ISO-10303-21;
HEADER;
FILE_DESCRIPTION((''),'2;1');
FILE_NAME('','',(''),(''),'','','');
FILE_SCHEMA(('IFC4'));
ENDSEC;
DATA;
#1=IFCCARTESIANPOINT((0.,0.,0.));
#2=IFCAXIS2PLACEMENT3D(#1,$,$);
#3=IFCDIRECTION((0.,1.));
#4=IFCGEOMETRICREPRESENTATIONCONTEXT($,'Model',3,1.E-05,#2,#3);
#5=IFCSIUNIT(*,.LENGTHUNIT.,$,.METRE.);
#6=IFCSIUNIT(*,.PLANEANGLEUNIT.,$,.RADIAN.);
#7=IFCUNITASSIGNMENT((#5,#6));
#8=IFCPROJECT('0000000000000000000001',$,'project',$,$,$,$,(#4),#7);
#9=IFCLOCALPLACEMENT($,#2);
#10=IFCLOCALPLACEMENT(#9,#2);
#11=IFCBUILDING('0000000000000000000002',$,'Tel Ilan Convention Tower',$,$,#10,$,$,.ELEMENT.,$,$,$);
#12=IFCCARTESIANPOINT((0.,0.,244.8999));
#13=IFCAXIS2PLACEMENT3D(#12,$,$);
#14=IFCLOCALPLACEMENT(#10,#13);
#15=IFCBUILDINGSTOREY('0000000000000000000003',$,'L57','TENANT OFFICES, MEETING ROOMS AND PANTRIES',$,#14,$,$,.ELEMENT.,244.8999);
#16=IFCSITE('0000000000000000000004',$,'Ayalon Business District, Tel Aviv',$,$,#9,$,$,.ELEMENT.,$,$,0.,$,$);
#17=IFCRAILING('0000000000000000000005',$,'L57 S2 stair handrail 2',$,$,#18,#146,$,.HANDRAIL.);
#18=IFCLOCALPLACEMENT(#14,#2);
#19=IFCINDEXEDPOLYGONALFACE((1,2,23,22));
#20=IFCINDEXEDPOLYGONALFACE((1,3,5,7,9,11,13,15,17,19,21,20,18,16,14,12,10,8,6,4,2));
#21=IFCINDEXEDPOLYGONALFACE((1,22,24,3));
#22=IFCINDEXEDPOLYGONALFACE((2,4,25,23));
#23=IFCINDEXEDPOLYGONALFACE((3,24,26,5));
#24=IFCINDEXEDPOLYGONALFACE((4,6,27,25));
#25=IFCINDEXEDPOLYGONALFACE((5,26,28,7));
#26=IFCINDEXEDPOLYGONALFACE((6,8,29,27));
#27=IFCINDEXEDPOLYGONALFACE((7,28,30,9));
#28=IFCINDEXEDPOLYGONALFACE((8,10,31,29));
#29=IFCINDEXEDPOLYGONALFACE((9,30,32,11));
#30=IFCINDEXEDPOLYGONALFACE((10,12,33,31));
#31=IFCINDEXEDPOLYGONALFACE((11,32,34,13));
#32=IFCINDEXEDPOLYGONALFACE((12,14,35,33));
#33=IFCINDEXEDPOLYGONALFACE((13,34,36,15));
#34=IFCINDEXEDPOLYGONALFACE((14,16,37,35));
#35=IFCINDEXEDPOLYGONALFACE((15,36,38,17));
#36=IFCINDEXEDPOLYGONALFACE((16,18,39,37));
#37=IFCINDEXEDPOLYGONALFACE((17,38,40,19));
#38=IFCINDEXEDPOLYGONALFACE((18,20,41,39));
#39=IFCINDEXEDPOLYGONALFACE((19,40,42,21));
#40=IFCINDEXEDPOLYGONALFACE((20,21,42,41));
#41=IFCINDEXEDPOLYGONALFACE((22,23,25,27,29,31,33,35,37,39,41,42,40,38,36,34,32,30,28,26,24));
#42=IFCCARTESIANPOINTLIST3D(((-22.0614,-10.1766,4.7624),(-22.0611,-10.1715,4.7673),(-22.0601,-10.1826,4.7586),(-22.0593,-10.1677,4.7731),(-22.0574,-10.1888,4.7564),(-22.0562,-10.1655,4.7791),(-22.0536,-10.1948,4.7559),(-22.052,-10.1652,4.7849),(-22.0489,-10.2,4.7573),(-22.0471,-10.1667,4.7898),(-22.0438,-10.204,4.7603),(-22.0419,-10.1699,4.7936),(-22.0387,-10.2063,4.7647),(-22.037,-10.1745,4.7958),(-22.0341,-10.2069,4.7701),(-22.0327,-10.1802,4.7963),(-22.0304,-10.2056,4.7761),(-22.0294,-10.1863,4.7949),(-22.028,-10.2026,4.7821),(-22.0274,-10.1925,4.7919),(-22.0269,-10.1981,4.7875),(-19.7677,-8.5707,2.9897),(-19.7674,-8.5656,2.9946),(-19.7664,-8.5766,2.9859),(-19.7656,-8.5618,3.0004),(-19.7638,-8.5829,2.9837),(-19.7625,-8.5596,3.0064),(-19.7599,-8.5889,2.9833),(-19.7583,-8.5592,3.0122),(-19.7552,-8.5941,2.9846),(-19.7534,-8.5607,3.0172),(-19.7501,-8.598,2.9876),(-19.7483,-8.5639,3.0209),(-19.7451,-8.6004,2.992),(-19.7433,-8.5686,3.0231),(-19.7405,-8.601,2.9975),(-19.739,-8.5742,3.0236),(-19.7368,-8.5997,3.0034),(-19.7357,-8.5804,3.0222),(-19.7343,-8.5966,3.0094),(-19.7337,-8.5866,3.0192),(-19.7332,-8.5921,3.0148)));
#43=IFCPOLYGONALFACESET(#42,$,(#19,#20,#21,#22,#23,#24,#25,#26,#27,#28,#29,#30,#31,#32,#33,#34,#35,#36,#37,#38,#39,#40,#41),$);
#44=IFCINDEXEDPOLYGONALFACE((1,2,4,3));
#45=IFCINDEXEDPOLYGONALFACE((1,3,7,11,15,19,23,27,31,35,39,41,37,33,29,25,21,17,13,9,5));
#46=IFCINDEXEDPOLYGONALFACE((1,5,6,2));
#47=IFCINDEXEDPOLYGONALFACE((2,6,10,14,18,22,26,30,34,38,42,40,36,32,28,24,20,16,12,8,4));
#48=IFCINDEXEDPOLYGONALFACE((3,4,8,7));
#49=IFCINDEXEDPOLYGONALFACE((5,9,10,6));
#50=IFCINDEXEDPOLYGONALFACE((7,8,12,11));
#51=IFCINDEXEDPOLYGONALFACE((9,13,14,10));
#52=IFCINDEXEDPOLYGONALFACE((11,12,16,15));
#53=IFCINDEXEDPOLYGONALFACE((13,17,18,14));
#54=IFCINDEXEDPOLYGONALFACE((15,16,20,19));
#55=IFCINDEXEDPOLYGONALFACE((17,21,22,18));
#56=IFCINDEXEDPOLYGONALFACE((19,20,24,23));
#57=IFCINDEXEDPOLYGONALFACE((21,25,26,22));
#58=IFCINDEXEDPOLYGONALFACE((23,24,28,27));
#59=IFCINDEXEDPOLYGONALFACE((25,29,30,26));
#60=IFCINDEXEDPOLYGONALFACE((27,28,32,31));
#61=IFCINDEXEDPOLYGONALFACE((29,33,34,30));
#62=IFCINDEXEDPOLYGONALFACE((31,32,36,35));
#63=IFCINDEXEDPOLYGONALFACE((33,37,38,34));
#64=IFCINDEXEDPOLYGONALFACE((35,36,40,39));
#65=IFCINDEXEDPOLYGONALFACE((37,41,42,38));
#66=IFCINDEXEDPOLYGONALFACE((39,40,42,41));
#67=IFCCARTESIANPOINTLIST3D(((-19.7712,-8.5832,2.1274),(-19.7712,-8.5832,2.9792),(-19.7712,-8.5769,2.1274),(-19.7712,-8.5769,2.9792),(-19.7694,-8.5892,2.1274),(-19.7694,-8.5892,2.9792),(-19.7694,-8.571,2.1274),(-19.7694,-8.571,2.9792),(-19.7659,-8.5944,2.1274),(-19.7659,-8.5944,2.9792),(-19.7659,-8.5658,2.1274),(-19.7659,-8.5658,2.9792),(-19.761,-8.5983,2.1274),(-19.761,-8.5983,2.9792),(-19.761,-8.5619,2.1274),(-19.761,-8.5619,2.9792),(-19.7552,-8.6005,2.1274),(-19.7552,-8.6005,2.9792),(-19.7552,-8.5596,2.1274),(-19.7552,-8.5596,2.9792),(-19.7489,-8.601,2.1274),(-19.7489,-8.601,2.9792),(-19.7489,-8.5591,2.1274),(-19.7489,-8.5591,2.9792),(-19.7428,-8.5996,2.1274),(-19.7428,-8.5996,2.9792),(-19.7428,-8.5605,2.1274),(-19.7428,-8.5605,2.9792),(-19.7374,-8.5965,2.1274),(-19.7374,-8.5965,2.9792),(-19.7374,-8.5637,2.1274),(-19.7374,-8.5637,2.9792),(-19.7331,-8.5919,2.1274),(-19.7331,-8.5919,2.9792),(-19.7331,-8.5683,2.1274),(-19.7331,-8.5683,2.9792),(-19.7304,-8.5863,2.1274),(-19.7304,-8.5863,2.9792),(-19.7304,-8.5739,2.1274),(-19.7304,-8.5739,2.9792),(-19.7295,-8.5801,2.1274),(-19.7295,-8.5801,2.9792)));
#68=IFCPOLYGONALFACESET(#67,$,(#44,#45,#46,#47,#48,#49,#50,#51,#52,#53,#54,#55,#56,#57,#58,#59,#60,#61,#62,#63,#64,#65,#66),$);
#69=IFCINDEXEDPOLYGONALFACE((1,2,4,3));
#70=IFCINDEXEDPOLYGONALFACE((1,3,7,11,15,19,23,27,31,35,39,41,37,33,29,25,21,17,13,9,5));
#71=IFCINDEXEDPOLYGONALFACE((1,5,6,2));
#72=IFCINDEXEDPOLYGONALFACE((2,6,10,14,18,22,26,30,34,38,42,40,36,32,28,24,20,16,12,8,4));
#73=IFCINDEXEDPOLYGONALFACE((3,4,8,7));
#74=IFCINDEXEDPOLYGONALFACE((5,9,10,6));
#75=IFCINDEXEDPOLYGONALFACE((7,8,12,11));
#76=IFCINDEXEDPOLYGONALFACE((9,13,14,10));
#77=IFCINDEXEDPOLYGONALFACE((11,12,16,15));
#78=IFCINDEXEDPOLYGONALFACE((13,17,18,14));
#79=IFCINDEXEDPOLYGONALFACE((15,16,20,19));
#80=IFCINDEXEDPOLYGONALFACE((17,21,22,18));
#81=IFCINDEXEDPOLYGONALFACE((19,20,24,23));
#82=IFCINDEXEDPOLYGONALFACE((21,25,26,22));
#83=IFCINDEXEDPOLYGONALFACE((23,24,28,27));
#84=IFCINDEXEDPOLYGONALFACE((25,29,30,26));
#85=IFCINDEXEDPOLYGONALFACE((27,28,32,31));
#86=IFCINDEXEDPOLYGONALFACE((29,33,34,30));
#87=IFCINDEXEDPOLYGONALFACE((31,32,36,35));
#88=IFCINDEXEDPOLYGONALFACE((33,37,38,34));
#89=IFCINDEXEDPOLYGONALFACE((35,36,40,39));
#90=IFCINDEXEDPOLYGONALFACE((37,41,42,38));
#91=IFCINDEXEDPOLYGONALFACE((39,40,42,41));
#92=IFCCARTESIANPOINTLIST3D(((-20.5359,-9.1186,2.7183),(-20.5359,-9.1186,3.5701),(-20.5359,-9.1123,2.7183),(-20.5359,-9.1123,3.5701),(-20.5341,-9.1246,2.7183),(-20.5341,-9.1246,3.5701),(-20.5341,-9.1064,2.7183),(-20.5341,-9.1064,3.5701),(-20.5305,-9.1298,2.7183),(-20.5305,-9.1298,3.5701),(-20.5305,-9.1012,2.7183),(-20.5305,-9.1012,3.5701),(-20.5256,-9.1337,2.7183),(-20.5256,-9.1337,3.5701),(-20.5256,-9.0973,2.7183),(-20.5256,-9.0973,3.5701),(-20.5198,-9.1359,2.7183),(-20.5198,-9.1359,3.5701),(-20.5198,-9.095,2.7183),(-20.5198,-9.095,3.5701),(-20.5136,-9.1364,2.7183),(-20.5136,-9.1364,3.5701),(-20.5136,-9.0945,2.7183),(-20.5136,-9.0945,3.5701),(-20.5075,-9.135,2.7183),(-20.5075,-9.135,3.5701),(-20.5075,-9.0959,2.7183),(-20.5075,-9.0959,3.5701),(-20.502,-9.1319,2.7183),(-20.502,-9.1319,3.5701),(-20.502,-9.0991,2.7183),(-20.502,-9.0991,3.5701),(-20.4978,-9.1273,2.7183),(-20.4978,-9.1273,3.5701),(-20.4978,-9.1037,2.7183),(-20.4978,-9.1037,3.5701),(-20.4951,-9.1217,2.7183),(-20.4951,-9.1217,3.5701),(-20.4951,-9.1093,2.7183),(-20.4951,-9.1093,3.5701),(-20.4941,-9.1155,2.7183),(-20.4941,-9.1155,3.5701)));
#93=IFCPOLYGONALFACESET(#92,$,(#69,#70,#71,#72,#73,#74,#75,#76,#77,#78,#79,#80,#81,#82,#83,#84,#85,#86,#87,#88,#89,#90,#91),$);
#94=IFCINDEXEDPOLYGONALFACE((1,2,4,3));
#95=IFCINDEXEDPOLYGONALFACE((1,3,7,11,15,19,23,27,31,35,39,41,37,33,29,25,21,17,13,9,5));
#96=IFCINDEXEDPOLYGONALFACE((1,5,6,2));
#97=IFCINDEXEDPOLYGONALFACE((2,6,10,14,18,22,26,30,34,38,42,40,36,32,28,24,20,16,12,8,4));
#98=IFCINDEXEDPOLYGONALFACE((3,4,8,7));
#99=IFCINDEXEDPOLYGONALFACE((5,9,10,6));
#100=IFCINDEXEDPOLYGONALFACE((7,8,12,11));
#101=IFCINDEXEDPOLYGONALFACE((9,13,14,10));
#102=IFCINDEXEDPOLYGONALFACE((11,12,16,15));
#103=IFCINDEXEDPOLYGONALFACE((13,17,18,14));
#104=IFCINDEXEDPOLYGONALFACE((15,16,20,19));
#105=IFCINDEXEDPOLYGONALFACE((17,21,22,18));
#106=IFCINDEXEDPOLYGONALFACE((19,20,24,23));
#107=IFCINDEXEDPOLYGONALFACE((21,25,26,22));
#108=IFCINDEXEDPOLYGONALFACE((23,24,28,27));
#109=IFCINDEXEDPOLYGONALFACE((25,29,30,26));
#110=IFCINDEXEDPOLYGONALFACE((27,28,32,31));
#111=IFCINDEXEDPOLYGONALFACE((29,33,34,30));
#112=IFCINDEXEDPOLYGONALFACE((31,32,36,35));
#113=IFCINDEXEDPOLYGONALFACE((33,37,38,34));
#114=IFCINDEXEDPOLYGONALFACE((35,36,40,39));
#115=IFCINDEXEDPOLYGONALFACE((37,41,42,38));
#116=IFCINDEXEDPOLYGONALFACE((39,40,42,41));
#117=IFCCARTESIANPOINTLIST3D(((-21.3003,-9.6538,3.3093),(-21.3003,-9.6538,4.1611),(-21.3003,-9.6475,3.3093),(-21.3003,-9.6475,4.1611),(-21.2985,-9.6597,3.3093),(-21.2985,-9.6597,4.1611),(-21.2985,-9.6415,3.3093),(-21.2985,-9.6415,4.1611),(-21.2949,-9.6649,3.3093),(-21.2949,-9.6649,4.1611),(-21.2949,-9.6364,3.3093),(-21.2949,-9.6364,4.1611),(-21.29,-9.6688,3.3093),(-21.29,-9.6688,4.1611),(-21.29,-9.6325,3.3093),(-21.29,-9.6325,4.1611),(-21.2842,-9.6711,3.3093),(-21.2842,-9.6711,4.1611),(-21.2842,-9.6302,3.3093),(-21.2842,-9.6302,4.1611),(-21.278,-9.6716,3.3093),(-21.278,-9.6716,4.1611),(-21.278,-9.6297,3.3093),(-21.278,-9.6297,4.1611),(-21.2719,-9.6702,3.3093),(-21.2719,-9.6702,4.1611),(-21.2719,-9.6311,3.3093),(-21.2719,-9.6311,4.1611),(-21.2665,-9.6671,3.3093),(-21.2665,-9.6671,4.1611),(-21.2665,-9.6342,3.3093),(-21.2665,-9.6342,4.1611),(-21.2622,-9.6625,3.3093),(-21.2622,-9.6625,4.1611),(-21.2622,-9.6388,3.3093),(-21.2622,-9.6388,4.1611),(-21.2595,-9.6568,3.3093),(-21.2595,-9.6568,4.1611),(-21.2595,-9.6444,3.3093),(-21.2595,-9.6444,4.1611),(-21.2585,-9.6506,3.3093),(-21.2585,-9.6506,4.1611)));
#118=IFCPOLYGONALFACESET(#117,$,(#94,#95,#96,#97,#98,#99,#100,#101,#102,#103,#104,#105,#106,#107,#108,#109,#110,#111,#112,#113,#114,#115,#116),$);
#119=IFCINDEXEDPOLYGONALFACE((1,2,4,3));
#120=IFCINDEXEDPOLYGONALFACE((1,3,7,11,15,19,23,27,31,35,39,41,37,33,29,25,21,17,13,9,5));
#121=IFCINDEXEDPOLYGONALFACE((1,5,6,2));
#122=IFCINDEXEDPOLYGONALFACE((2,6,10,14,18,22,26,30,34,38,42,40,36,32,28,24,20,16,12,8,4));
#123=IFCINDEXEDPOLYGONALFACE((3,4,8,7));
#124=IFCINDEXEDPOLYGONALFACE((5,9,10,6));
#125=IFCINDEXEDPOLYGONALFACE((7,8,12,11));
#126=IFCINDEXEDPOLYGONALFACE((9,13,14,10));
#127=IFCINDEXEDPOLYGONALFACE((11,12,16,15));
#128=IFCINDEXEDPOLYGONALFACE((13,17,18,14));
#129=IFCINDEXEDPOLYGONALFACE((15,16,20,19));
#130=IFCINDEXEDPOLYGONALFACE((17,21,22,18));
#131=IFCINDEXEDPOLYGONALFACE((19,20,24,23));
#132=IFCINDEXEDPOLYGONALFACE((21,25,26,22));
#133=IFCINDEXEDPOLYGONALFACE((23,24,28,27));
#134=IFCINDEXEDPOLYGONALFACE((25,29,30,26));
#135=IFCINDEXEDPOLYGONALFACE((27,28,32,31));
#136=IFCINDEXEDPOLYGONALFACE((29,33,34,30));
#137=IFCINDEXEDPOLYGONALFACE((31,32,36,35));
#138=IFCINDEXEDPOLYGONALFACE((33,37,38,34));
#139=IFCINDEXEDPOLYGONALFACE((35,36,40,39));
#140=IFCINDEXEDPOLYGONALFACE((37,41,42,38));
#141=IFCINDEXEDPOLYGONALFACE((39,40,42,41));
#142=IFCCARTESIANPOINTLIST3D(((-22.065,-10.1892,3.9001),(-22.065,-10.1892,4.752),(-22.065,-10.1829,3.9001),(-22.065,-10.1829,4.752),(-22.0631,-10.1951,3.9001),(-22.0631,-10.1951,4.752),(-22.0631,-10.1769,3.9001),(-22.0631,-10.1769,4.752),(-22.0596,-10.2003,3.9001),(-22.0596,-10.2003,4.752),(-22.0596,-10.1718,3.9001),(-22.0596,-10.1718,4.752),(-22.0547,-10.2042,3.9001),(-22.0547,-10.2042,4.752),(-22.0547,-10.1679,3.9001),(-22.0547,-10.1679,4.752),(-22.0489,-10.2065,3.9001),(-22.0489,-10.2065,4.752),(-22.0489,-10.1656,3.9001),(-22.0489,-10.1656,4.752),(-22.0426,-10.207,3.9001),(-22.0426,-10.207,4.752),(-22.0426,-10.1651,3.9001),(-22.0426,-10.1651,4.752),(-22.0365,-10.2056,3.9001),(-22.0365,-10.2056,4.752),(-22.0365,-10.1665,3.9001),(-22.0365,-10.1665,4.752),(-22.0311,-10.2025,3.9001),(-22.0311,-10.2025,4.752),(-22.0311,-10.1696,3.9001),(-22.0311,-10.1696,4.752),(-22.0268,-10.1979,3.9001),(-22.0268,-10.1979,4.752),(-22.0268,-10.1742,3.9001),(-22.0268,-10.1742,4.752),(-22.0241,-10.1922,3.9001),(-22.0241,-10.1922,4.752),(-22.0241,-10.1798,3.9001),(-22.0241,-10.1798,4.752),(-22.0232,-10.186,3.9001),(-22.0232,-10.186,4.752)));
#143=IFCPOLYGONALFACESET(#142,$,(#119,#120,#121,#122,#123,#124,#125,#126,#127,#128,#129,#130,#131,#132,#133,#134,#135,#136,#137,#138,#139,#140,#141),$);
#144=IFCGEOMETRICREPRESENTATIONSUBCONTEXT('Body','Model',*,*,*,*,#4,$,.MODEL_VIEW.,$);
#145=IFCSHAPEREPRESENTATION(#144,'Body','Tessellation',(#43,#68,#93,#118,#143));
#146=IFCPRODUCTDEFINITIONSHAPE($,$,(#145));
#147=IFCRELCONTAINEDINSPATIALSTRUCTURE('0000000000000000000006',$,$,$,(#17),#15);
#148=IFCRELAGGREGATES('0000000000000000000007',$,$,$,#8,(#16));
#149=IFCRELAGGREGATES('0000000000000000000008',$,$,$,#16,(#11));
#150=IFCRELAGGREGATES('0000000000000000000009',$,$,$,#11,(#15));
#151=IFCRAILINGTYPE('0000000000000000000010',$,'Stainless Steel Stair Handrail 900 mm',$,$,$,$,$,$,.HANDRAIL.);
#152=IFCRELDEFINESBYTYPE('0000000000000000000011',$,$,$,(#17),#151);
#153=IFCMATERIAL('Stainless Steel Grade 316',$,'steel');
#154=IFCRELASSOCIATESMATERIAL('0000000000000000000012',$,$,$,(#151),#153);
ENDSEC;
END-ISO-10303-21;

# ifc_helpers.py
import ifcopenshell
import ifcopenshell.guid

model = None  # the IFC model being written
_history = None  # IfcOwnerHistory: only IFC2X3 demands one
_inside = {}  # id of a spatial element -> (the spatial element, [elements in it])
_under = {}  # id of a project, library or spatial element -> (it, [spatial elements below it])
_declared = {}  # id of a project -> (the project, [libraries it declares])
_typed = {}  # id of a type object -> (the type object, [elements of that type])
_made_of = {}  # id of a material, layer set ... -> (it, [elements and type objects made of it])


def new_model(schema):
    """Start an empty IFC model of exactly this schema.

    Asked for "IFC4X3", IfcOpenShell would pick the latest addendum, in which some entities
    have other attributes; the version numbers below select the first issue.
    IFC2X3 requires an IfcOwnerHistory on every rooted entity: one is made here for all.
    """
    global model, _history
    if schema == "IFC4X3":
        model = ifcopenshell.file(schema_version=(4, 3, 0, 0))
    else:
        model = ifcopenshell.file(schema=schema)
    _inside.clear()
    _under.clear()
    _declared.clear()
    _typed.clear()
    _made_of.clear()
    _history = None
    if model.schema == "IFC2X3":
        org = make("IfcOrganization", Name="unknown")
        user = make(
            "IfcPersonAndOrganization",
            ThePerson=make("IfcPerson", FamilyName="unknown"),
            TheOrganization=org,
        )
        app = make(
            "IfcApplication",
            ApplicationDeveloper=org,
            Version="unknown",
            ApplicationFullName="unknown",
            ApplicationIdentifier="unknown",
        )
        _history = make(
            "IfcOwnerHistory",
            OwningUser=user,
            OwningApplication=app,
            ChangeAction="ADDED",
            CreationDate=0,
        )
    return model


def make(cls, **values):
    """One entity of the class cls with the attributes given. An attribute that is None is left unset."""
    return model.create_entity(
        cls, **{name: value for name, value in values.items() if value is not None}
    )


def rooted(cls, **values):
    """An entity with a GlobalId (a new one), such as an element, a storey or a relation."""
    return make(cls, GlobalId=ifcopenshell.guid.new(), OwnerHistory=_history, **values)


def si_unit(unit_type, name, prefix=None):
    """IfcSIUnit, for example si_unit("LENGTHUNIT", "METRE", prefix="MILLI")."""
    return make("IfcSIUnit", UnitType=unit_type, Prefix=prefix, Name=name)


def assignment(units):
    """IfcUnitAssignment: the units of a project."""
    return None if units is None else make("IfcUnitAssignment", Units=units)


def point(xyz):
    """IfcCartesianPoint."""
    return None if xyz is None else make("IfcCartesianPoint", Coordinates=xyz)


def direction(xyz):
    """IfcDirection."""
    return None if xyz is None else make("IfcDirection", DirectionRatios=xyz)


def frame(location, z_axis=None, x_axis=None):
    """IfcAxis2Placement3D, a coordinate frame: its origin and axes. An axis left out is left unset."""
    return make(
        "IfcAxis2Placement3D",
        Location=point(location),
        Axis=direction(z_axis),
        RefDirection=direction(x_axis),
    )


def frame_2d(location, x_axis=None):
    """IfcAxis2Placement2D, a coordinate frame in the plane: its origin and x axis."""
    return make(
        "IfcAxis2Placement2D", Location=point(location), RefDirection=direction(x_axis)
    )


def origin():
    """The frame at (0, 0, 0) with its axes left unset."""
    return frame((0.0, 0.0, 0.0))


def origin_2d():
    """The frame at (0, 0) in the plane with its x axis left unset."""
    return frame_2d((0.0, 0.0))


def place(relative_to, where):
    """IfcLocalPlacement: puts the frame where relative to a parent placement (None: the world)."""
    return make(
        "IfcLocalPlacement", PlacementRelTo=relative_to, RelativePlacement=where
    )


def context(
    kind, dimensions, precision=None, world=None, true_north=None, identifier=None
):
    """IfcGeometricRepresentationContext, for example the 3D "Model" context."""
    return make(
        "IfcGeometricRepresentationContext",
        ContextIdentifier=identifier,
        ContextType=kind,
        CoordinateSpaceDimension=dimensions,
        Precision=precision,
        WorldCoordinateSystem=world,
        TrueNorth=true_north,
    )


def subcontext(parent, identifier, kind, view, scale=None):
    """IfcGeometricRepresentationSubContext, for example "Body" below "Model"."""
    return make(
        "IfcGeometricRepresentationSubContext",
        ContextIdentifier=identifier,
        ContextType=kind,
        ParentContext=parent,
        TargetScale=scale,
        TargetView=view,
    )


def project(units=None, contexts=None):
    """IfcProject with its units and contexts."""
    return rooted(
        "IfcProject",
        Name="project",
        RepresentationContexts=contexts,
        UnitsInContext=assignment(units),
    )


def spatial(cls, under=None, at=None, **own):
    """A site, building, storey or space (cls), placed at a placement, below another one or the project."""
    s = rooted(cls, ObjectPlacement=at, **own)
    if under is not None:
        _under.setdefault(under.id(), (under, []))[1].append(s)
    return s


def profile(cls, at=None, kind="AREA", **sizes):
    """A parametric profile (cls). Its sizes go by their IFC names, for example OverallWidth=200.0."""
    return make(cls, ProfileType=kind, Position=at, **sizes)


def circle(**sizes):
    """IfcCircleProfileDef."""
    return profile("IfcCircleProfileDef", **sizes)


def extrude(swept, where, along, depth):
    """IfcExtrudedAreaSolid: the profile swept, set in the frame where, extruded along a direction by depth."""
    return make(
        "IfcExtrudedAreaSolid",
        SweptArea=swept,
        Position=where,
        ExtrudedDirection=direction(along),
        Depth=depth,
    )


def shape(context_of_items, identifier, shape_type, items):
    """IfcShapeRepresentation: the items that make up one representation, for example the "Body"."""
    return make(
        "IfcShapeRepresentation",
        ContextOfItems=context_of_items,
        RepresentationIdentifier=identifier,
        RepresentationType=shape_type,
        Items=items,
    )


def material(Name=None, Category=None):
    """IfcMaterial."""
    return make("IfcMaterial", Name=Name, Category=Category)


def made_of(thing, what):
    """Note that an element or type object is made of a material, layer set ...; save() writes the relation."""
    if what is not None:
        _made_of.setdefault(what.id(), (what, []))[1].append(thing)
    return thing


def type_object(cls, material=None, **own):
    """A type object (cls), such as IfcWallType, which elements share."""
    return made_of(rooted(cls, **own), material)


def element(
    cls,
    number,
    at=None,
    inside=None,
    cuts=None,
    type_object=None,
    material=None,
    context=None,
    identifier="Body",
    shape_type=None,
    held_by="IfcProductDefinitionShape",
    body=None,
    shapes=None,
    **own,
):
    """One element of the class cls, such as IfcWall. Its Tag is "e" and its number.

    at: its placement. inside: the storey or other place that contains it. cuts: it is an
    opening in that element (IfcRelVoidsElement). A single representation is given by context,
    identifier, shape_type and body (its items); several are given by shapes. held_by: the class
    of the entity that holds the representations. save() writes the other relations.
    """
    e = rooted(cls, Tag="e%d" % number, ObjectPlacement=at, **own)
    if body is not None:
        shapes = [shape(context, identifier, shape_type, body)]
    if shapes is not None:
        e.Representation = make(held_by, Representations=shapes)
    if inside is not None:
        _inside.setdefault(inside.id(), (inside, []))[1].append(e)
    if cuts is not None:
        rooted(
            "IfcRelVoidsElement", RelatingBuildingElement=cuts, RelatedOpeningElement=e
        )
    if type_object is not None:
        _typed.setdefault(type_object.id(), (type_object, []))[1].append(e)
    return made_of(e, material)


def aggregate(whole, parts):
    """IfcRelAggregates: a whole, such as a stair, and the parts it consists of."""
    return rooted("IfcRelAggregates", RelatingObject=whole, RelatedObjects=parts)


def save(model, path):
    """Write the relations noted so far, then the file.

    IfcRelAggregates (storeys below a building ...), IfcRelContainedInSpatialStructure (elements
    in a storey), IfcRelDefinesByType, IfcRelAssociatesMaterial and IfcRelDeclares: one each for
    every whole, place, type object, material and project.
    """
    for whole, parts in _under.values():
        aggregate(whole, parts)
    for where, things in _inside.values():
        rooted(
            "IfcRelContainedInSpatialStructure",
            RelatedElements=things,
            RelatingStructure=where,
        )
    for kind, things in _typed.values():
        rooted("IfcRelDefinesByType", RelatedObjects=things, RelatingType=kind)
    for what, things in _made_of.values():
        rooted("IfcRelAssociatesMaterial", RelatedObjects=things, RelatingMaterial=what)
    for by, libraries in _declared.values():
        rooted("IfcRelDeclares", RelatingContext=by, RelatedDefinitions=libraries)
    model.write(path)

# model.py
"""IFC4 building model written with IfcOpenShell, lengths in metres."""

from ifc_helpers import new_model, si_unit, direction, frame, origin, origin_2d, place, context, subcontext, project, spatial, circle, extrude, material, type_object, element, save


model = new_model("IFC4")

# Units and contexts
model_context = context("Model", 3, precision=1e-05, world=origin(), true_north=direction((0.0, 1.0)))
body_context = subcontext(model_context, "Body", "Model", "MODEL_VIEW")
ifc_project = project(units=[si_unit("LENGTHUNIT", "METRE"), si_unit("PLANEANGLEUNIT", "RADIAN")], contexts=[model_context])

# Site, building, storey
site_placement = place(None, origin())
site = spatial("IfcSite", under=ifc_project, at=site_placement, Name="Ayalon Business District, Tel Aviv", CompositionType="ELEMENT", RefElevation=0.0)
building_placement = place(site_placement, origin())
building = spatial("IfcBuilding", under=site, at=building_placement, Name="Tel Ilan Convention Tower", CompositionType="ELEMENT")
storey_placement = place(building_placement, frame((0.0, 0.0, 244.8999)))
storey = spatial("IfcBuildingStorey", under=building, at=storey_placement, Name="L57", Description="TENANT OFFICES, MEETING ROOMS AND PANTRIES", CompositionType="ELEMENT", Elevation=244.8999)

# Railing
ifc_material_1 = material(Name="Stainless Steel Grade 316", Category="steel")
railing_type_1 = type_object("IfcRailingType", Name="Stainless Steel Stair Handrail 900 mm", PredefinedType="HANDRAIL", material=ifc_material_1)
for number, where, name in (
    (1, (-19.7505, -8.5801, 2.1274), "L57 S2 stair handrail 2"),
):
    element("IfcRailing", number, at=place(storey_placement, frame(where)), inside=storey, type_object=railing_type_1, Name=name, PredefinedType="HANDRAIL", context=body_context, shape_type="SweptSolid", body=[
        extrude(circle(Radius=0.0239, at=origin_2d()), frame((0.0, 0.0, 0.876), z_axis=(-0.692123, -0.484597, 0.534913), x_axis=(0.57355, -0.81917, 0.0)), (0.0, 0.0, 1.0), 3.314),
        extrude(circle(Radius=0.021, at=origin_2d()), origin(), (0.0, 0.0, 1.0), 0.8518),
        extrude(circle(Radius=0.021, at=origin_2d()), frame((-0.7646, -0.5354, 0.5908)), (0.0, 0.0, 1.0), 0.8518),
        extrude(circle(Radius=0.021, at=origin_2d()), frame((-1.5291, -1.0706, 1.1819)), (0.0, 0.0, 1.0), 0.8518),
        extrude(circle(Radius=0.021, at=origin_2d()), frame((-2.2937, -1.606, 1.7727)), (0.0, 0.0, 1.0), 0.8518),
    ])

save(model, "model.ifc")
